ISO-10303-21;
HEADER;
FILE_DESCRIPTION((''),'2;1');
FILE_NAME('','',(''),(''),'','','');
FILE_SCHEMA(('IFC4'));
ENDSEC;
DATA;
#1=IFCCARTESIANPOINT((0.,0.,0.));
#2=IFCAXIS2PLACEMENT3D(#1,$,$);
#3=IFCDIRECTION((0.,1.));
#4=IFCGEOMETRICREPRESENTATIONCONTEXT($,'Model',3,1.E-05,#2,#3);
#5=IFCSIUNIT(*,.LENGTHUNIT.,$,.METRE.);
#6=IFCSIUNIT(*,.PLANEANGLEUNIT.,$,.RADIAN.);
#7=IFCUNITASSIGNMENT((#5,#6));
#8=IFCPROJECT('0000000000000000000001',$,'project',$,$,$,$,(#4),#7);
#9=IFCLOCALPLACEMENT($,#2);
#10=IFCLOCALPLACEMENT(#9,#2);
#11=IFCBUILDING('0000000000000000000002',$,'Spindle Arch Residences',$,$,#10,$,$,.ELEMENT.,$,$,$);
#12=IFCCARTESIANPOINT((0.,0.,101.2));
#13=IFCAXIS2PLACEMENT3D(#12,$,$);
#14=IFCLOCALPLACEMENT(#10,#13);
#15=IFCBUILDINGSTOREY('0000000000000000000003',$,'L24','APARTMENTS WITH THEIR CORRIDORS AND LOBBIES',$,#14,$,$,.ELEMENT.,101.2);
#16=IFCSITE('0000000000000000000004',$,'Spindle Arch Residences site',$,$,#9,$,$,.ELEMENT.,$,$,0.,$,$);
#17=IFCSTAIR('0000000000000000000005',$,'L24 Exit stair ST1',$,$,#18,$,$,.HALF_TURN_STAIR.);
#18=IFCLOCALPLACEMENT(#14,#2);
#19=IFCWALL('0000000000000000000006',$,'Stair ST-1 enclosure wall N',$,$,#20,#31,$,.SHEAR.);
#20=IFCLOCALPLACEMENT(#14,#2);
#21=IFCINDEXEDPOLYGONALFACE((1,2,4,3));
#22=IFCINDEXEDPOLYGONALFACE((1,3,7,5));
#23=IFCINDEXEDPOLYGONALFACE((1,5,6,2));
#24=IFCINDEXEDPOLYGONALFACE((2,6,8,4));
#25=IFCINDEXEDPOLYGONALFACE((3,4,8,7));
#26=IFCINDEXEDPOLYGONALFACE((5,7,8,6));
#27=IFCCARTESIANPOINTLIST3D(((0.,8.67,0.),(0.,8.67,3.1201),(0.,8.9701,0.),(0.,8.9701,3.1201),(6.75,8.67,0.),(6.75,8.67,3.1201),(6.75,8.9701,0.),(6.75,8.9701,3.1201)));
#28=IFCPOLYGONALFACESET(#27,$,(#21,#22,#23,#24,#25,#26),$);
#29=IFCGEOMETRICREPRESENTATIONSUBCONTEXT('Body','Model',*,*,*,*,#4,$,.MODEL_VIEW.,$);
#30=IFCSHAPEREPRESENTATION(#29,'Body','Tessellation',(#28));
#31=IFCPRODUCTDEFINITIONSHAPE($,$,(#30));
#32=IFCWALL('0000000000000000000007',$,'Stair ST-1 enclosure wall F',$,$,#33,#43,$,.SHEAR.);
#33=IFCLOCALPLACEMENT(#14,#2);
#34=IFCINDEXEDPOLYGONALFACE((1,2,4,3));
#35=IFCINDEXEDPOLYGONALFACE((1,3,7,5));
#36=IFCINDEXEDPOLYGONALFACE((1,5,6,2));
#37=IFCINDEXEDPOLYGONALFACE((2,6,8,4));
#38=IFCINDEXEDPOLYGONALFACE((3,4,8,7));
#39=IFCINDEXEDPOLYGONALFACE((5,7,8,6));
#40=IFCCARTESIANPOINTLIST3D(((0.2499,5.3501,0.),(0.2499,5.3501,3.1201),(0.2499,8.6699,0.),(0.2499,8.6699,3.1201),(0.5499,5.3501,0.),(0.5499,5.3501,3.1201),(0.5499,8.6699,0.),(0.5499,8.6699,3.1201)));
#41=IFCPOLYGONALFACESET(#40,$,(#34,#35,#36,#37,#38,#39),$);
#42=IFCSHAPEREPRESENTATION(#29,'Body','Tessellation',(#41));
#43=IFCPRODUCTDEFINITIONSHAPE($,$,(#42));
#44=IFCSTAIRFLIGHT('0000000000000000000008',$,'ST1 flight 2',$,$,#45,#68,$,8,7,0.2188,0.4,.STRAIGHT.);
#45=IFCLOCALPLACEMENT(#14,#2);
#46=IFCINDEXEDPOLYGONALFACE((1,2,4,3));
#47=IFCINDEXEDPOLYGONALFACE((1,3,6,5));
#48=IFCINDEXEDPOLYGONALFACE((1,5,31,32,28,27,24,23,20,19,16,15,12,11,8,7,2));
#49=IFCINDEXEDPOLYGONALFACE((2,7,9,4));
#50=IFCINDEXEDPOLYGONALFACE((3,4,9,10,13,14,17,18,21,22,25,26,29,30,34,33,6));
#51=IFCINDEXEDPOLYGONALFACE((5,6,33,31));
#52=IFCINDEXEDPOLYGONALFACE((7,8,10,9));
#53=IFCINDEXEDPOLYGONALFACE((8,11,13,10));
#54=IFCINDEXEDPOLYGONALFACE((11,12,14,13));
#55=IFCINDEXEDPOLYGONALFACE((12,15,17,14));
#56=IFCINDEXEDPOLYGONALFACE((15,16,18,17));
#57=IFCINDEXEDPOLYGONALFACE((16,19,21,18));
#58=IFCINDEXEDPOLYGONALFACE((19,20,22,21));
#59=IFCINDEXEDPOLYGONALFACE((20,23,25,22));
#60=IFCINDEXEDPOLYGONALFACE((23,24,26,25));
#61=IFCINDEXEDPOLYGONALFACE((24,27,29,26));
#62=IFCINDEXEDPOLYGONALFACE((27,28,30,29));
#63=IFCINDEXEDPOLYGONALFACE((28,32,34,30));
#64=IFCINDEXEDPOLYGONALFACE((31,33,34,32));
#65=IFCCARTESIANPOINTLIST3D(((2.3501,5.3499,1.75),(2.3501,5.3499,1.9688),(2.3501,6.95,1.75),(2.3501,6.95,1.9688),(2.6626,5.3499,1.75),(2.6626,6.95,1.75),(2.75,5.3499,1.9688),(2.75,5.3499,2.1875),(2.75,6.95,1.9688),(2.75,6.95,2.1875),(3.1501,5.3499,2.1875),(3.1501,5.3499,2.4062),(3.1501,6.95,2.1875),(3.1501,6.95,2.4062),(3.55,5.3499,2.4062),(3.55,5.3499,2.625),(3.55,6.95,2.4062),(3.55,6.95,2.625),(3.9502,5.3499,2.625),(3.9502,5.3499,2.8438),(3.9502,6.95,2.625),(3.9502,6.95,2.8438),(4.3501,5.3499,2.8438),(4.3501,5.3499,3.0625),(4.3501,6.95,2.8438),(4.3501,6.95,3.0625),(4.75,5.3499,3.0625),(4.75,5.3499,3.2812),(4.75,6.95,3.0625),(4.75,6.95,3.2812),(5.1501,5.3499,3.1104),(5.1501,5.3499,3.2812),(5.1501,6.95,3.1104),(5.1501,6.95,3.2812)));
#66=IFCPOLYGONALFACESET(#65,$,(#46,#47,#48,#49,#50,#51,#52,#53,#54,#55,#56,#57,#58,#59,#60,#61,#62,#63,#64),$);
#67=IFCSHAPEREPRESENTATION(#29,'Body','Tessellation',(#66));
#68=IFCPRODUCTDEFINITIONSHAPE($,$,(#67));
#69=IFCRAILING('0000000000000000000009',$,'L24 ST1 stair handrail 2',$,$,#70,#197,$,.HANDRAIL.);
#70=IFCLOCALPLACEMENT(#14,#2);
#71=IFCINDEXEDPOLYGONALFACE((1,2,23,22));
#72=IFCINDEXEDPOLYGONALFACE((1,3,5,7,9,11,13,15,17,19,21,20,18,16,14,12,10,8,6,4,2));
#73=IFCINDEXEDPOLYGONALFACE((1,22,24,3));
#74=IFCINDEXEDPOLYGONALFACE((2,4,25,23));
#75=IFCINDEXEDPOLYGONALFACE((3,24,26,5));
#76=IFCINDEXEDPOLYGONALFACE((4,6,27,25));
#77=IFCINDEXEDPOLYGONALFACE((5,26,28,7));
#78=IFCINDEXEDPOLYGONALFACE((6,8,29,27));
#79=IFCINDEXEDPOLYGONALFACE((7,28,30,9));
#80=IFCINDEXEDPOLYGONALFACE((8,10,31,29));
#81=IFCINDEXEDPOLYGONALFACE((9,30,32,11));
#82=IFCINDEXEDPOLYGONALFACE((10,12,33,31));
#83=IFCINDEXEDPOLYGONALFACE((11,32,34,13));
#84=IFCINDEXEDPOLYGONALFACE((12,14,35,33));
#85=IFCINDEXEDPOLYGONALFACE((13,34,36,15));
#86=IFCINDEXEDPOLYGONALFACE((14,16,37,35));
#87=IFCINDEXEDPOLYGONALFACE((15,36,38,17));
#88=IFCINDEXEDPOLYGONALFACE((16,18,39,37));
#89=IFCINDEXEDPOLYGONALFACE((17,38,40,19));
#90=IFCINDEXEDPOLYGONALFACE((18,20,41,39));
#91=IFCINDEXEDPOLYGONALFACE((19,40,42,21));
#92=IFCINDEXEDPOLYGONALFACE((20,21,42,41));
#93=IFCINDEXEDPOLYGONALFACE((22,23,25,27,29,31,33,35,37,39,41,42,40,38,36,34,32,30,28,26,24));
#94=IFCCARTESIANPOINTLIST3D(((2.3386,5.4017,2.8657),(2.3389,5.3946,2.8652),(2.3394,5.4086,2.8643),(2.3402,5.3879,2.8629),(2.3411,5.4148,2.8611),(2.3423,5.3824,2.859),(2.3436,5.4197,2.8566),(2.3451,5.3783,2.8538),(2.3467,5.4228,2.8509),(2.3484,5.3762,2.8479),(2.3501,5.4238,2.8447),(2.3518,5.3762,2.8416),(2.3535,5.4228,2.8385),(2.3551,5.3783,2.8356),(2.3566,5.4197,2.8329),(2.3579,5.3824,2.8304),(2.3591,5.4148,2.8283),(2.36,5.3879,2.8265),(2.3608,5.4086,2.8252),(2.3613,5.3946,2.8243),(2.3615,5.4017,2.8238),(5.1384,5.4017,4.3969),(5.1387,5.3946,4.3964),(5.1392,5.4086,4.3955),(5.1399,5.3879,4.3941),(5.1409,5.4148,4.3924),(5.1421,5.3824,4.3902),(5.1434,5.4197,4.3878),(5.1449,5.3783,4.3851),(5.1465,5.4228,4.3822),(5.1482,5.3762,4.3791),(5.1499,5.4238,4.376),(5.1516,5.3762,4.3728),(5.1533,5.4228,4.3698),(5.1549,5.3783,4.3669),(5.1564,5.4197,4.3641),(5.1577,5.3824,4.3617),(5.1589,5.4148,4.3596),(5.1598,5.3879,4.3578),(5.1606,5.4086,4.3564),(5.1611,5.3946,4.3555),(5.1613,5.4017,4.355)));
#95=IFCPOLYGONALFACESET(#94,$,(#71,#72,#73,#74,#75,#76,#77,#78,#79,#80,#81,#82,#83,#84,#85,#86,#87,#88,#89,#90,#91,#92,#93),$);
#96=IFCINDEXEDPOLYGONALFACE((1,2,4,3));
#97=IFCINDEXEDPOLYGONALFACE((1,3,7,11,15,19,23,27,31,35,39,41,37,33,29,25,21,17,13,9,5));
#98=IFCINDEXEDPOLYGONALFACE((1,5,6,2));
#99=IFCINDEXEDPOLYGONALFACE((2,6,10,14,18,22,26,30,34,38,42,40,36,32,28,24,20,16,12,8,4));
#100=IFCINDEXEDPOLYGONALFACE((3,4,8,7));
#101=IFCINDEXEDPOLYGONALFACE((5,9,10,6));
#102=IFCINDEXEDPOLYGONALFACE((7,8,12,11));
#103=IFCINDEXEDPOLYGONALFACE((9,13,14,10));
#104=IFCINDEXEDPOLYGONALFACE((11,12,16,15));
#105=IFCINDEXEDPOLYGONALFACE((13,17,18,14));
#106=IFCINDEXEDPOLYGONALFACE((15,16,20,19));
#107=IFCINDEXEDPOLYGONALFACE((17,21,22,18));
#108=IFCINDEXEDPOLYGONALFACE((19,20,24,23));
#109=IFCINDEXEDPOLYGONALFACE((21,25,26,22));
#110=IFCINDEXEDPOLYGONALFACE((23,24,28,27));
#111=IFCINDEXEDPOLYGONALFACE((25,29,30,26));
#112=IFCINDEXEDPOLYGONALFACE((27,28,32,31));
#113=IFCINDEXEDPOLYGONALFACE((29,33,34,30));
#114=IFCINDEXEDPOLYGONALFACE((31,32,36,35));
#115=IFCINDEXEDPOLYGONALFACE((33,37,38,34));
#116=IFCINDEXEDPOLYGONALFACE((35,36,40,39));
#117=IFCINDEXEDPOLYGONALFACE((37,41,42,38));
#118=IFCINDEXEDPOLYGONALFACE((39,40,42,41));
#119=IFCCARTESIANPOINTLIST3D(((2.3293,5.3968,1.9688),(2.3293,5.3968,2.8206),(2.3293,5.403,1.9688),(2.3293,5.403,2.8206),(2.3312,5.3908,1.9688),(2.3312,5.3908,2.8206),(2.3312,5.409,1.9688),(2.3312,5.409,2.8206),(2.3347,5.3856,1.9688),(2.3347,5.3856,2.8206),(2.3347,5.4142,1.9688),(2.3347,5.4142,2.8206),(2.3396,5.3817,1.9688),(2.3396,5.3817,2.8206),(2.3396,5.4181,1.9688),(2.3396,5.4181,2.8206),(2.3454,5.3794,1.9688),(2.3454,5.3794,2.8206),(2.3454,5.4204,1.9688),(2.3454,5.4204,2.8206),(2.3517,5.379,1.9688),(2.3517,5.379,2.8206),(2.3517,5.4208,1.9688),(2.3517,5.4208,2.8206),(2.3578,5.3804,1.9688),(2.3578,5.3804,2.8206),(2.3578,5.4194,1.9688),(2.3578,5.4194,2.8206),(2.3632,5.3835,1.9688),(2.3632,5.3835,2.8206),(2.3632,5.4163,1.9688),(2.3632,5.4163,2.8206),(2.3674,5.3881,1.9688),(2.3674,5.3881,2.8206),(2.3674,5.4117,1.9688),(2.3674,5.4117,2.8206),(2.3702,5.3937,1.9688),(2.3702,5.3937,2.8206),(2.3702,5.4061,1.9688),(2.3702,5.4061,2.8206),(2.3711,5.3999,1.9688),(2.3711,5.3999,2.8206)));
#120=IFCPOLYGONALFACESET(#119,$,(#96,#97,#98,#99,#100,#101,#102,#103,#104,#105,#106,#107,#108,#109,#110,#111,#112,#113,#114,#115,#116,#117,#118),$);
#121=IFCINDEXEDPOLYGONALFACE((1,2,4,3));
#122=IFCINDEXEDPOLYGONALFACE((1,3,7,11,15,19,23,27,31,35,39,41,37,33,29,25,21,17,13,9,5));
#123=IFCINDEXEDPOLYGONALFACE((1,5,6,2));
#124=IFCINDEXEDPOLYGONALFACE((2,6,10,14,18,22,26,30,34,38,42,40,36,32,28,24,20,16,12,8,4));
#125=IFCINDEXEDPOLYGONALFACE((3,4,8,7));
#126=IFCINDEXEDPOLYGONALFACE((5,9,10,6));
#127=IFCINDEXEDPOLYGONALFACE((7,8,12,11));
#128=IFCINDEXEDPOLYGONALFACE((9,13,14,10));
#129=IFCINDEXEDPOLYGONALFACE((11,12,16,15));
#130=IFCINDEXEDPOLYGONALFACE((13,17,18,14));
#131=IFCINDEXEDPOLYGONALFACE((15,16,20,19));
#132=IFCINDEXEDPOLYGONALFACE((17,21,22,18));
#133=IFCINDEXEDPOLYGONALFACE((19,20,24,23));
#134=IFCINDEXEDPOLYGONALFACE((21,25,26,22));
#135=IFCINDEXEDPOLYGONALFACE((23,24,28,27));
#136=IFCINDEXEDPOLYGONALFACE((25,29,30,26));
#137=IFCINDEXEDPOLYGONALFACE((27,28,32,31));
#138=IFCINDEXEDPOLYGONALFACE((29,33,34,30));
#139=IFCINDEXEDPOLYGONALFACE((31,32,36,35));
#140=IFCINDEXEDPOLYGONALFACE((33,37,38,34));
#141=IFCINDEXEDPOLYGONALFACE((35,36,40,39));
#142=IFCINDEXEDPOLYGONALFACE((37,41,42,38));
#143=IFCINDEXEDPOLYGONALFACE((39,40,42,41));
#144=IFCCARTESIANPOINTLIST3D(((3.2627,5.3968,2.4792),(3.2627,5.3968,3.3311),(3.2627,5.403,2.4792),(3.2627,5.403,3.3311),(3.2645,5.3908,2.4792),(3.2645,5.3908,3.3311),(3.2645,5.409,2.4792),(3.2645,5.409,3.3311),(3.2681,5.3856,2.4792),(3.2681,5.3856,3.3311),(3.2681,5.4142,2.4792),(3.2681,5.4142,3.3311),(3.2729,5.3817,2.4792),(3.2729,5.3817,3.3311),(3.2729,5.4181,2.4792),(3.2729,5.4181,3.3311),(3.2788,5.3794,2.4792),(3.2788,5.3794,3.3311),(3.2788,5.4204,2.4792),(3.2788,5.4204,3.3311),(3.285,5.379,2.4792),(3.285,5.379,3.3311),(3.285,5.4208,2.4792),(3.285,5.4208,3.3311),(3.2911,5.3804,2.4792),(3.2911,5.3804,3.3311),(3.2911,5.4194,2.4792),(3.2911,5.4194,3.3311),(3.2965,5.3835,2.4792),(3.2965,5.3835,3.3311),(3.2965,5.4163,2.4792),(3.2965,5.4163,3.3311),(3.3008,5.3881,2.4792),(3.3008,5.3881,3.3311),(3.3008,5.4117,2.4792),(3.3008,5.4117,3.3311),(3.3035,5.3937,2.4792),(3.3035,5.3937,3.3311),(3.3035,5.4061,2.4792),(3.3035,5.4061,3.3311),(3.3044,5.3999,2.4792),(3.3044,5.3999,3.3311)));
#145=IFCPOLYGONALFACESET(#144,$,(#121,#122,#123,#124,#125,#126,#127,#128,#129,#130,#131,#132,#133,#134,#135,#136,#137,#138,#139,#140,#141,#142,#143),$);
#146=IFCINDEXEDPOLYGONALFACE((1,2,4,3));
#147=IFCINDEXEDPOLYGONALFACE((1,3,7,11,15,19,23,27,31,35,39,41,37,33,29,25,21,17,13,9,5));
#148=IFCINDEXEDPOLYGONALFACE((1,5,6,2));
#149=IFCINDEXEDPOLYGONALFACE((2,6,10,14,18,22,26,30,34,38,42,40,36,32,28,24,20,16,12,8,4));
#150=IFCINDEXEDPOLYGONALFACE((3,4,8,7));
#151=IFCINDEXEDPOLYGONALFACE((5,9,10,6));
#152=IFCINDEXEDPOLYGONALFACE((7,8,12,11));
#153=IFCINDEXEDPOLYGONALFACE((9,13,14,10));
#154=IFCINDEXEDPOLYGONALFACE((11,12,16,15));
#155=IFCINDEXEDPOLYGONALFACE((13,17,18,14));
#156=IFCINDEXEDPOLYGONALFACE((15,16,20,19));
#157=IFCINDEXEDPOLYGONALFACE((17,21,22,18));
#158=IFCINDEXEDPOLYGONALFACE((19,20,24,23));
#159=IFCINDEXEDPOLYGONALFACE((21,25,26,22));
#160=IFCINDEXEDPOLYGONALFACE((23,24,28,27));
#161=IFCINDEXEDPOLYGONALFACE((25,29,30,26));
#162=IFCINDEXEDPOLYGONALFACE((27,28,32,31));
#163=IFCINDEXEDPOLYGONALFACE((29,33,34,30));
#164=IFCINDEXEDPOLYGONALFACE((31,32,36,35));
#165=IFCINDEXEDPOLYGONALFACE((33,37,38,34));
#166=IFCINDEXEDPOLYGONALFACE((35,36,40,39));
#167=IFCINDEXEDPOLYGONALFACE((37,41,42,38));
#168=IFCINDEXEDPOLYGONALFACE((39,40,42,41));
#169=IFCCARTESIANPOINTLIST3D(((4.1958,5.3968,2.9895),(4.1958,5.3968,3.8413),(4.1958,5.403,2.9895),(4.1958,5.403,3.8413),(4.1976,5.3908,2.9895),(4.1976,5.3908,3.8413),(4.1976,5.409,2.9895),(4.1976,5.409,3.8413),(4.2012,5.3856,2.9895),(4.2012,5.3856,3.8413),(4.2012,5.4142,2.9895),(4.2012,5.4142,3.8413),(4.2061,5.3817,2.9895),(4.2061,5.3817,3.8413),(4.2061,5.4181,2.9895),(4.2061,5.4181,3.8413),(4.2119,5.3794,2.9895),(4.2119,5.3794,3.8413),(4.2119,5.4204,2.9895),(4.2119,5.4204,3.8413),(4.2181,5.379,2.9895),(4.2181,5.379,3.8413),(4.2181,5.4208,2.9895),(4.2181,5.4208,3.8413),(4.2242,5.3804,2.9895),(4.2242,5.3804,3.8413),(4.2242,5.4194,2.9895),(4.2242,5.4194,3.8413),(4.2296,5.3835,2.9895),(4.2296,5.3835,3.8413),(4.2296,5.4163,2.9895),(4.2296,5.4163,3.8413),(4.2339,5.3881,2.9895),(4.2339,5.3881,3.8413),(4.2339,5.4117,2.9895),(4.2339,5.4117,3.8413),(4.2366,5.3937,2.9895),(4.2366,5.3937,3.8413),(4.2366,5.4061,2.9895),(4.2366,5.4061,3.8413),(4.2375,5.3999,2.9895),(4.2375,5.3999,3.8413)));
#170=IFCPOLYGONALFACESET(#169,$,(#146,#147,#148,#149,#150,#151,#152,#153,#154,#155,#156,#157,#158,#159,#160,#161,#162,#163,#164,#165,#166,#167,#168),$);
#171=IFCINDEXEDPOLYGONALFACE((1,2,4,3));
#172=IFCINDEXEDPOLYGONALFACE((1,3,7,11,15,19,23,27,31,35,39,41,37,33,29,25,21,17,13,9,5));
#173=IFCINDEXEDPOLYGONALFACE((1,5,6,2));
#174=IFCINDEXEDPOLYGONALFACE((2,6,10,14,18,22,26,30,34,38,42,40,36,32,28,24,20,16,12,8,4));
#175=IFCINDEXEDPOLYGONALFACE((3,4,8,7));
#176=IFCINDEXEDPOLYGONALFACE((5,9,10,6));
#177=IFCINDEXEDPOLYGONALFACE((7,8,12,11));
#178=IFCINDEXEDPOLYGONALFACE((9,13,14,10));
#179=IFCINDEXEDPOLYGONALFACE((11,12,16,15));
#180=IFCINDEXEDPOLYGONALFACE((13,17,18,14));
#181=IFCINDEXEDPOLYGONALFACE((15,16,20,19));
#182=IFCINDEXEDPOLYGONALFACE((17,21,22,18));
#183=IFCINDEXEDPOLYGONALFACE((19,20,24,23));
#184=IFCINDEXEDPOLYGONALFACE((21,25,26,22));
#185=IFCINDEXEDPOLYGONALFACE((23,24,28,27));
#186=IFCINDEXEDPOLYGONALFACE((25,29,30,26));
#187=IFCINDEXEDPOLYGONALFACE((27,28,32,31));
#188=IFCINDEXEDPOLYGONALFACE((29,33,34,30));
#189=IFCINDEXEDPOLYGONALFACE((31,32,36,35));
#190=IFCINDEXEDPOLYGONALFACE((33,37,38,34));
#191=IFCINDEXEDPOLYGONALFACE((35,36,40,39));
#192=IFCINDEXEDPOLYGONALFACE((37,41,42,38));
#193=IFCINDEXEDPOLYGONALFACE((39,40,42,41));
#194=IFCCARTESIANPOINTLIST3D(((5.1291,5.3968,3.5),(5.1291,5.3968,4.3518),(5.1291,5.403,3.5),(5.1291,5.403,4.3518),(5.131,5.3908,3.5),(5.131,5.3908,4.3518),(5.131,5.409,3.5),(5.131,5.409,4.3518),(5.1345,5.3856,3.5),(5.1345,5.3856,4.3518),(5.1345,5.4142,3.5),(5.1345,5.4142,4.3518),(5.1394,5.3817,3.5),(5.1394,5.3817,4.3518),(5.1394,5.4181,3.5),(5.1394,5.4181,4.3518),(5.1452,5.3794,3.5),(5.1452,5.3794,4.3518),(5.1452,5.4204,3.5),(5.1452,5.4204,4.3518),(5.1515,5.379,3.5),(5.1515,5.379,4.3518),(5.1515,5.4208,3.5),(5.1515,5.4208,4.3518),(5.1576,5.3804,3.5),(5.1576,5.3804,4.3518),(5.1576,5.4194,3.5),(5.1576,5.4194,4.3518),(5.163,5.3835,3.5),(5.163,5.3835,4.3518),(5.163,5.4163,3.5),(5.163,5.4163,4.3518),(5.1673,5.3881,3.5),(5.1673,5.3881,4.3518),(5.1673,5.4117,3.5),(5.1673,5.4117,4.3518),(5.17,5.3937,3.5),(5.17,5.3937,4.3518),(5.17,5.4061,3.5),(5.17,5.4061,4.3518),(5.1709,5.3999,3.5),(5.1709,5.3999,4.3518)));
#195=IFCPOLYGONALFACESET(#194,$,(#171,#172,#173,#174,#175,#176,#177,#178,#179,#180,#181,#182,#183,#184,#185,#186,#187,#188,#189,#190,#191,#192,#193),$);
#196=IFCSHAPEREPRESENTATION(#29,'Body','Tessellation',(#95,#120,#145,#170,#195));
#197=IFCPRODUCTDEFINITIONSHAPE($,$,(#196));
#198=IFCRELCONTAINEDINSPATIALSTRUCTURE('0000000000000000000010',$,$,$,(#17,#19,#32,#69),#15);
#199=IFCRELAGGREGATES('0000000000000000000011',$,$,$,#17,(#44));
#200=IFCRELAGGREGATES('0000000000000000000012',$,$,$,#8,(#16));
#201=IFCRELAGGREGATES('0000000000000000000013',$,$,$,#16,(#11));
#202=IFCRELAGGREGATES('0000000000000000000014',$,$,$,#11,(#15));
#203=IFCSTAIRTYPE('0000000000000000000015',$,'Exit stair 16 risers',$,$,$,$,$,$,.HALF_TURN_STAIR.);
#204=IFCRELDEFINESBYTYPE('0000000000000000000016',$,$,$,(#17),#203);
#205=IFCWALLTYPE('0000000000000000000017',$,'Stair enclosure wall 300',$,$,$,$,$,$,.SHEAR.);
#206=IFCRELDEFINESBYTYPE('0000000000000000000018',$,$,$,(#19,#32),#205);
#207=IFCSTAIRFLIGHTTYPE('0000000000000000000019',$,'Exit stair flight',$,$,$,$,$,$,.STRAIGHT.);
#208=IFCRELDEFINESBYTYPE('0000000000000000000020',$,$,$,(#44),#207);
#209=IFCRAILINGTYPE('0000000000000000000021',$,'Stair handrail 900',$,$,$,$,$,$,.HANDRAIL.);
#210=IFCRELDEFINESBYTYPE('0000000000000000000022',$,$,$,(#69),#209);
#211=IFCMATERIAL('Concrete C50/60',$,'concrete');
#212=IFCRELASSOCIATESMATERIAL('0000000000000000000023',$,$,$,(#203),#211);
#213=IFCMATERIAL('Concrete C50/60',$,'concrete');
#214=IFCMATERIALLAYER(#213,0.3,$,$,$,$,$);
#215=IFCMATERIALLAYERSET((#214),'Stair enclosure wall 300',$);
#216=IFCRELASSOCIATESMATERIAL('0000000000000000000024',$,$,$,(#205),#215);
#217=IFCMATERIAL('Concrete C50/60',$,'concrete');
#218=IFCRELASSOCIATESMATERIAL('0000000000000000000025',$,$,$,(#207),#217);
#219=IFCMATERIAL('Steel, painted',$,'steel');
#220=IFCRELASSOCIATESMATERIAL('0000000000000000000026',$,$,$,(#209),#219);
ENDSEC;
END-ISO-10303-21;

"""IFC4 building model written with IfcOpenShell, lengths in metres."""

from ifc_helpers import new_model, si_unit, direction, frame, frame_2d, origin, origin_2d, place, context, subcontext, project, spatial, polyline, rectangle, circle, outline, extrude, material, layer, layer_set, type_object, element, aggregate, save


model = new_model("IFC4")

# Units and contexts
model_context = context("Model", 3, precision=1e-05, world=origin(), true_north=direction((0.0, 1.0)))
body_context = subcontext(model_context, "Body", "Model", "MODEL_VIEW")
ifc_project = project(units=[si_unit("LENGTHUNIT", "METRE"), si_unit("PLANEANGLEUNIT", "RADIAN")], contexts=[model_context])

# Site, building, storey
site_placement = place(None, origin())
site = spatial("IfcSite", under=ifc_project, at=site_placement, Name="Spindle Arch Residences site", CompositionType="ELEMENT", RefElevation=0.0)
building_placement = place(site_placement, origin())
building = spatial("IfcBuilding", under=site, at=building_placement, Name="Spindle Arch Residences", CompositionType="ELEMENT")
storey_placement = place(building_placement, frame((0.0, 0.0, 101.2)))
storey = spatial("IfcBuildingStorey", under=building, at=storey_placement, Name="L24", Description="APARTMENTS WITH THEIR CORRIDORS AND LOBBIES", CompositionType="ELEMENT", Elevation=101.2)

# Stair
ifc_material_1 = material(Name="Concrete C50/60", Category="concrete")
stair_type = type_object("IfcStairType", Name="Exit stair 16 risers", PredefinedType="HALF_TURN_STAIR", material=ifc_material_1)
stair_1_placement = place(storey_placement, origin())
stair_1 = element("IfcStair", 1, at=stair_1_placement, inside=storey, type_object=stair_type, Name="L24 Exit stair ST1", PredefinedType="HALF_TURN_STAIR")

# Walls
ifc_material_2 = material(Name="Concrete C50/60", Category="concrete")
ifc_layer_1 = layer(ifc_material_2, 0.3)
ifc_layer_set_1 = layer_set([ifc_layer_1], Name="Stair enclosure wall 300")
wall_type_1 = type_object("IfcWallType", Name="Stair enclosure wall 300", PredefinedType="SHEAR", material=ifc_layer_set_1)
for number, where, z_axis, x_axis, name in (
    (2, (0.0, 8.8201, 0.0), (0.0, 0.0, 1.0), (1.0, 0.0, 0.0), "Stair ST-1 enclosure wall N"),
):
    element("IfcWall", number, at=place(storey_placement, frame(where, z_axis=z_axis, x_axis=x_axis)), inside=storey, type_object=wall_type_1, Name=name, PredefinedType="SHEAR", context=body_context, shape_type="SweptSolid", body=[
        extrude(rectangle(XDim=6.75, YDim=0.3, at=frame_2d((3.375, 0.0))), origin(), (0.0, 0.0, 1.0), 3.1201),
    ])
wall_1_placement = place(storey_placement, frame((0.3999, 5.3501, 0.0), z_axis=(0.0, 0.0, 1.0), x_axis=(0.0, 1.0, 0.0)))
element("IfcWall", 3, at=wall_1_placement, inside=storey, type_object=wall_type_1, Name="Stair ST-1 enclosure wall F", PredefinedType="SHEAR", context=body_context, shape_type="SweptSolid", body=[
    extrude(rectangle(XDim=3.3198, YDim=0.3, at=frame_2d((1.6599, 0.0))), origin(), (0.0, 0.0, 1.0), 3.1201),
])

# Stair flight
ifc_material_3 = material(Name="Concrete C50/60", Category="concrete")
stair_flight_type = type_object("IfcStairFlightType", Name="Exit stair flight", PredefinedType="STRAIGHT", material=ifc_material_3)
stair_flight_placement = place(storey_placement, frame((2.3501, 6.1499, 1.75), z_axis=(0.0, 0.0, 1.0), x_axis=(1.0, 0.0, 0.0)))
stair_flight = element("IfcStairFlight", 4, at=stair_flight_placement, type_object=stair_flight_type, Name="ST1 flight 2", NumberOfRisers=8, NumberOfTreads=7, PredefinedType="STRAIGHT", RiserHeight=0.2188, TreadLength=0.4, context=body_context, shape_type="SweptSolid", body=[
    extrude(outline(polyline([(0.0, 0.0), (0.0, 0.2188), (0.3999, 0.2188), (0.3999, 0.4375), (0.8, 0.4375), (0.8, 0.6562), (1.2, 0.6562), (1.2, 0.875), (1.6001, 0.875), (1.6001, 1.0938), (2.0, 1.0938), (2.0, 1.3125), (2.3999, 1.3125), (2.3999, 1.5312), (2.8, 1.5312), (2.8, 1.75), (2.8, 1.3604), (0.3125, 0.0), (0.0, 0.0)])), frame((0.0, 0.8, 0.0), z_axis=(0.0, -1.0, 0.0), x_axis=(1.0, 0.0, 0.0)), (0.0, 0.0, 1.0), 1.6001),
])
aggregate(stair_1, [stair_flight])

# Railing
ifc_material_4 = material(Name="Steel, painted", Category="steel")
railing_type = type_object("IfcRailingType", Name="Stair handrail 900", PredefinedType="HANDRAIL", material=ifc_material_4)
railing_placement = place(storey_placement, frame((2.3501, 5.3999, 1.9688)))
element("IfcRailing", 5, at=railing_placement, inside=storey, type_object=railing_type, Name="L24 ST1 stair handrail 2", PredefinedType="HANDRAIL", context=body_context, shape_type="SweptSolid", body=[
    extrude(circle(Radius=0.0239, at=origin_2d()), frame((0.0, 0.0, 0.876), z_axis=(0.877357, 0.0, 0.479838), x_axis=(0.0, 1.0, 0.0)), (0.0, 0.0, 1.0), 3.1912),
    extrude(circle(Radius=0.021, at=origin_2d()), origin(), (0.0, 0.0, 1.0), 0.8518),
    extrude(circle(Radius=0.021, at=origin_2d()), frame((0.9333, 0.0, 0.5105)), (0.0, 0.0, 1.0), 0.8518),
    extrude(circle(Radius=0.021, at=origin_2d()), frame((1.8665, 0.0, 1.0208)), (0.0, 0.0, 1.0), 0.8518),
    extrude(circle(Radius=0.021, at=origin_2d()), frame((2.7998, 0.0, 1.5312)), (0.0, 0.0, 1.0), 0.8518),
])

save(model, "model.ifc")
